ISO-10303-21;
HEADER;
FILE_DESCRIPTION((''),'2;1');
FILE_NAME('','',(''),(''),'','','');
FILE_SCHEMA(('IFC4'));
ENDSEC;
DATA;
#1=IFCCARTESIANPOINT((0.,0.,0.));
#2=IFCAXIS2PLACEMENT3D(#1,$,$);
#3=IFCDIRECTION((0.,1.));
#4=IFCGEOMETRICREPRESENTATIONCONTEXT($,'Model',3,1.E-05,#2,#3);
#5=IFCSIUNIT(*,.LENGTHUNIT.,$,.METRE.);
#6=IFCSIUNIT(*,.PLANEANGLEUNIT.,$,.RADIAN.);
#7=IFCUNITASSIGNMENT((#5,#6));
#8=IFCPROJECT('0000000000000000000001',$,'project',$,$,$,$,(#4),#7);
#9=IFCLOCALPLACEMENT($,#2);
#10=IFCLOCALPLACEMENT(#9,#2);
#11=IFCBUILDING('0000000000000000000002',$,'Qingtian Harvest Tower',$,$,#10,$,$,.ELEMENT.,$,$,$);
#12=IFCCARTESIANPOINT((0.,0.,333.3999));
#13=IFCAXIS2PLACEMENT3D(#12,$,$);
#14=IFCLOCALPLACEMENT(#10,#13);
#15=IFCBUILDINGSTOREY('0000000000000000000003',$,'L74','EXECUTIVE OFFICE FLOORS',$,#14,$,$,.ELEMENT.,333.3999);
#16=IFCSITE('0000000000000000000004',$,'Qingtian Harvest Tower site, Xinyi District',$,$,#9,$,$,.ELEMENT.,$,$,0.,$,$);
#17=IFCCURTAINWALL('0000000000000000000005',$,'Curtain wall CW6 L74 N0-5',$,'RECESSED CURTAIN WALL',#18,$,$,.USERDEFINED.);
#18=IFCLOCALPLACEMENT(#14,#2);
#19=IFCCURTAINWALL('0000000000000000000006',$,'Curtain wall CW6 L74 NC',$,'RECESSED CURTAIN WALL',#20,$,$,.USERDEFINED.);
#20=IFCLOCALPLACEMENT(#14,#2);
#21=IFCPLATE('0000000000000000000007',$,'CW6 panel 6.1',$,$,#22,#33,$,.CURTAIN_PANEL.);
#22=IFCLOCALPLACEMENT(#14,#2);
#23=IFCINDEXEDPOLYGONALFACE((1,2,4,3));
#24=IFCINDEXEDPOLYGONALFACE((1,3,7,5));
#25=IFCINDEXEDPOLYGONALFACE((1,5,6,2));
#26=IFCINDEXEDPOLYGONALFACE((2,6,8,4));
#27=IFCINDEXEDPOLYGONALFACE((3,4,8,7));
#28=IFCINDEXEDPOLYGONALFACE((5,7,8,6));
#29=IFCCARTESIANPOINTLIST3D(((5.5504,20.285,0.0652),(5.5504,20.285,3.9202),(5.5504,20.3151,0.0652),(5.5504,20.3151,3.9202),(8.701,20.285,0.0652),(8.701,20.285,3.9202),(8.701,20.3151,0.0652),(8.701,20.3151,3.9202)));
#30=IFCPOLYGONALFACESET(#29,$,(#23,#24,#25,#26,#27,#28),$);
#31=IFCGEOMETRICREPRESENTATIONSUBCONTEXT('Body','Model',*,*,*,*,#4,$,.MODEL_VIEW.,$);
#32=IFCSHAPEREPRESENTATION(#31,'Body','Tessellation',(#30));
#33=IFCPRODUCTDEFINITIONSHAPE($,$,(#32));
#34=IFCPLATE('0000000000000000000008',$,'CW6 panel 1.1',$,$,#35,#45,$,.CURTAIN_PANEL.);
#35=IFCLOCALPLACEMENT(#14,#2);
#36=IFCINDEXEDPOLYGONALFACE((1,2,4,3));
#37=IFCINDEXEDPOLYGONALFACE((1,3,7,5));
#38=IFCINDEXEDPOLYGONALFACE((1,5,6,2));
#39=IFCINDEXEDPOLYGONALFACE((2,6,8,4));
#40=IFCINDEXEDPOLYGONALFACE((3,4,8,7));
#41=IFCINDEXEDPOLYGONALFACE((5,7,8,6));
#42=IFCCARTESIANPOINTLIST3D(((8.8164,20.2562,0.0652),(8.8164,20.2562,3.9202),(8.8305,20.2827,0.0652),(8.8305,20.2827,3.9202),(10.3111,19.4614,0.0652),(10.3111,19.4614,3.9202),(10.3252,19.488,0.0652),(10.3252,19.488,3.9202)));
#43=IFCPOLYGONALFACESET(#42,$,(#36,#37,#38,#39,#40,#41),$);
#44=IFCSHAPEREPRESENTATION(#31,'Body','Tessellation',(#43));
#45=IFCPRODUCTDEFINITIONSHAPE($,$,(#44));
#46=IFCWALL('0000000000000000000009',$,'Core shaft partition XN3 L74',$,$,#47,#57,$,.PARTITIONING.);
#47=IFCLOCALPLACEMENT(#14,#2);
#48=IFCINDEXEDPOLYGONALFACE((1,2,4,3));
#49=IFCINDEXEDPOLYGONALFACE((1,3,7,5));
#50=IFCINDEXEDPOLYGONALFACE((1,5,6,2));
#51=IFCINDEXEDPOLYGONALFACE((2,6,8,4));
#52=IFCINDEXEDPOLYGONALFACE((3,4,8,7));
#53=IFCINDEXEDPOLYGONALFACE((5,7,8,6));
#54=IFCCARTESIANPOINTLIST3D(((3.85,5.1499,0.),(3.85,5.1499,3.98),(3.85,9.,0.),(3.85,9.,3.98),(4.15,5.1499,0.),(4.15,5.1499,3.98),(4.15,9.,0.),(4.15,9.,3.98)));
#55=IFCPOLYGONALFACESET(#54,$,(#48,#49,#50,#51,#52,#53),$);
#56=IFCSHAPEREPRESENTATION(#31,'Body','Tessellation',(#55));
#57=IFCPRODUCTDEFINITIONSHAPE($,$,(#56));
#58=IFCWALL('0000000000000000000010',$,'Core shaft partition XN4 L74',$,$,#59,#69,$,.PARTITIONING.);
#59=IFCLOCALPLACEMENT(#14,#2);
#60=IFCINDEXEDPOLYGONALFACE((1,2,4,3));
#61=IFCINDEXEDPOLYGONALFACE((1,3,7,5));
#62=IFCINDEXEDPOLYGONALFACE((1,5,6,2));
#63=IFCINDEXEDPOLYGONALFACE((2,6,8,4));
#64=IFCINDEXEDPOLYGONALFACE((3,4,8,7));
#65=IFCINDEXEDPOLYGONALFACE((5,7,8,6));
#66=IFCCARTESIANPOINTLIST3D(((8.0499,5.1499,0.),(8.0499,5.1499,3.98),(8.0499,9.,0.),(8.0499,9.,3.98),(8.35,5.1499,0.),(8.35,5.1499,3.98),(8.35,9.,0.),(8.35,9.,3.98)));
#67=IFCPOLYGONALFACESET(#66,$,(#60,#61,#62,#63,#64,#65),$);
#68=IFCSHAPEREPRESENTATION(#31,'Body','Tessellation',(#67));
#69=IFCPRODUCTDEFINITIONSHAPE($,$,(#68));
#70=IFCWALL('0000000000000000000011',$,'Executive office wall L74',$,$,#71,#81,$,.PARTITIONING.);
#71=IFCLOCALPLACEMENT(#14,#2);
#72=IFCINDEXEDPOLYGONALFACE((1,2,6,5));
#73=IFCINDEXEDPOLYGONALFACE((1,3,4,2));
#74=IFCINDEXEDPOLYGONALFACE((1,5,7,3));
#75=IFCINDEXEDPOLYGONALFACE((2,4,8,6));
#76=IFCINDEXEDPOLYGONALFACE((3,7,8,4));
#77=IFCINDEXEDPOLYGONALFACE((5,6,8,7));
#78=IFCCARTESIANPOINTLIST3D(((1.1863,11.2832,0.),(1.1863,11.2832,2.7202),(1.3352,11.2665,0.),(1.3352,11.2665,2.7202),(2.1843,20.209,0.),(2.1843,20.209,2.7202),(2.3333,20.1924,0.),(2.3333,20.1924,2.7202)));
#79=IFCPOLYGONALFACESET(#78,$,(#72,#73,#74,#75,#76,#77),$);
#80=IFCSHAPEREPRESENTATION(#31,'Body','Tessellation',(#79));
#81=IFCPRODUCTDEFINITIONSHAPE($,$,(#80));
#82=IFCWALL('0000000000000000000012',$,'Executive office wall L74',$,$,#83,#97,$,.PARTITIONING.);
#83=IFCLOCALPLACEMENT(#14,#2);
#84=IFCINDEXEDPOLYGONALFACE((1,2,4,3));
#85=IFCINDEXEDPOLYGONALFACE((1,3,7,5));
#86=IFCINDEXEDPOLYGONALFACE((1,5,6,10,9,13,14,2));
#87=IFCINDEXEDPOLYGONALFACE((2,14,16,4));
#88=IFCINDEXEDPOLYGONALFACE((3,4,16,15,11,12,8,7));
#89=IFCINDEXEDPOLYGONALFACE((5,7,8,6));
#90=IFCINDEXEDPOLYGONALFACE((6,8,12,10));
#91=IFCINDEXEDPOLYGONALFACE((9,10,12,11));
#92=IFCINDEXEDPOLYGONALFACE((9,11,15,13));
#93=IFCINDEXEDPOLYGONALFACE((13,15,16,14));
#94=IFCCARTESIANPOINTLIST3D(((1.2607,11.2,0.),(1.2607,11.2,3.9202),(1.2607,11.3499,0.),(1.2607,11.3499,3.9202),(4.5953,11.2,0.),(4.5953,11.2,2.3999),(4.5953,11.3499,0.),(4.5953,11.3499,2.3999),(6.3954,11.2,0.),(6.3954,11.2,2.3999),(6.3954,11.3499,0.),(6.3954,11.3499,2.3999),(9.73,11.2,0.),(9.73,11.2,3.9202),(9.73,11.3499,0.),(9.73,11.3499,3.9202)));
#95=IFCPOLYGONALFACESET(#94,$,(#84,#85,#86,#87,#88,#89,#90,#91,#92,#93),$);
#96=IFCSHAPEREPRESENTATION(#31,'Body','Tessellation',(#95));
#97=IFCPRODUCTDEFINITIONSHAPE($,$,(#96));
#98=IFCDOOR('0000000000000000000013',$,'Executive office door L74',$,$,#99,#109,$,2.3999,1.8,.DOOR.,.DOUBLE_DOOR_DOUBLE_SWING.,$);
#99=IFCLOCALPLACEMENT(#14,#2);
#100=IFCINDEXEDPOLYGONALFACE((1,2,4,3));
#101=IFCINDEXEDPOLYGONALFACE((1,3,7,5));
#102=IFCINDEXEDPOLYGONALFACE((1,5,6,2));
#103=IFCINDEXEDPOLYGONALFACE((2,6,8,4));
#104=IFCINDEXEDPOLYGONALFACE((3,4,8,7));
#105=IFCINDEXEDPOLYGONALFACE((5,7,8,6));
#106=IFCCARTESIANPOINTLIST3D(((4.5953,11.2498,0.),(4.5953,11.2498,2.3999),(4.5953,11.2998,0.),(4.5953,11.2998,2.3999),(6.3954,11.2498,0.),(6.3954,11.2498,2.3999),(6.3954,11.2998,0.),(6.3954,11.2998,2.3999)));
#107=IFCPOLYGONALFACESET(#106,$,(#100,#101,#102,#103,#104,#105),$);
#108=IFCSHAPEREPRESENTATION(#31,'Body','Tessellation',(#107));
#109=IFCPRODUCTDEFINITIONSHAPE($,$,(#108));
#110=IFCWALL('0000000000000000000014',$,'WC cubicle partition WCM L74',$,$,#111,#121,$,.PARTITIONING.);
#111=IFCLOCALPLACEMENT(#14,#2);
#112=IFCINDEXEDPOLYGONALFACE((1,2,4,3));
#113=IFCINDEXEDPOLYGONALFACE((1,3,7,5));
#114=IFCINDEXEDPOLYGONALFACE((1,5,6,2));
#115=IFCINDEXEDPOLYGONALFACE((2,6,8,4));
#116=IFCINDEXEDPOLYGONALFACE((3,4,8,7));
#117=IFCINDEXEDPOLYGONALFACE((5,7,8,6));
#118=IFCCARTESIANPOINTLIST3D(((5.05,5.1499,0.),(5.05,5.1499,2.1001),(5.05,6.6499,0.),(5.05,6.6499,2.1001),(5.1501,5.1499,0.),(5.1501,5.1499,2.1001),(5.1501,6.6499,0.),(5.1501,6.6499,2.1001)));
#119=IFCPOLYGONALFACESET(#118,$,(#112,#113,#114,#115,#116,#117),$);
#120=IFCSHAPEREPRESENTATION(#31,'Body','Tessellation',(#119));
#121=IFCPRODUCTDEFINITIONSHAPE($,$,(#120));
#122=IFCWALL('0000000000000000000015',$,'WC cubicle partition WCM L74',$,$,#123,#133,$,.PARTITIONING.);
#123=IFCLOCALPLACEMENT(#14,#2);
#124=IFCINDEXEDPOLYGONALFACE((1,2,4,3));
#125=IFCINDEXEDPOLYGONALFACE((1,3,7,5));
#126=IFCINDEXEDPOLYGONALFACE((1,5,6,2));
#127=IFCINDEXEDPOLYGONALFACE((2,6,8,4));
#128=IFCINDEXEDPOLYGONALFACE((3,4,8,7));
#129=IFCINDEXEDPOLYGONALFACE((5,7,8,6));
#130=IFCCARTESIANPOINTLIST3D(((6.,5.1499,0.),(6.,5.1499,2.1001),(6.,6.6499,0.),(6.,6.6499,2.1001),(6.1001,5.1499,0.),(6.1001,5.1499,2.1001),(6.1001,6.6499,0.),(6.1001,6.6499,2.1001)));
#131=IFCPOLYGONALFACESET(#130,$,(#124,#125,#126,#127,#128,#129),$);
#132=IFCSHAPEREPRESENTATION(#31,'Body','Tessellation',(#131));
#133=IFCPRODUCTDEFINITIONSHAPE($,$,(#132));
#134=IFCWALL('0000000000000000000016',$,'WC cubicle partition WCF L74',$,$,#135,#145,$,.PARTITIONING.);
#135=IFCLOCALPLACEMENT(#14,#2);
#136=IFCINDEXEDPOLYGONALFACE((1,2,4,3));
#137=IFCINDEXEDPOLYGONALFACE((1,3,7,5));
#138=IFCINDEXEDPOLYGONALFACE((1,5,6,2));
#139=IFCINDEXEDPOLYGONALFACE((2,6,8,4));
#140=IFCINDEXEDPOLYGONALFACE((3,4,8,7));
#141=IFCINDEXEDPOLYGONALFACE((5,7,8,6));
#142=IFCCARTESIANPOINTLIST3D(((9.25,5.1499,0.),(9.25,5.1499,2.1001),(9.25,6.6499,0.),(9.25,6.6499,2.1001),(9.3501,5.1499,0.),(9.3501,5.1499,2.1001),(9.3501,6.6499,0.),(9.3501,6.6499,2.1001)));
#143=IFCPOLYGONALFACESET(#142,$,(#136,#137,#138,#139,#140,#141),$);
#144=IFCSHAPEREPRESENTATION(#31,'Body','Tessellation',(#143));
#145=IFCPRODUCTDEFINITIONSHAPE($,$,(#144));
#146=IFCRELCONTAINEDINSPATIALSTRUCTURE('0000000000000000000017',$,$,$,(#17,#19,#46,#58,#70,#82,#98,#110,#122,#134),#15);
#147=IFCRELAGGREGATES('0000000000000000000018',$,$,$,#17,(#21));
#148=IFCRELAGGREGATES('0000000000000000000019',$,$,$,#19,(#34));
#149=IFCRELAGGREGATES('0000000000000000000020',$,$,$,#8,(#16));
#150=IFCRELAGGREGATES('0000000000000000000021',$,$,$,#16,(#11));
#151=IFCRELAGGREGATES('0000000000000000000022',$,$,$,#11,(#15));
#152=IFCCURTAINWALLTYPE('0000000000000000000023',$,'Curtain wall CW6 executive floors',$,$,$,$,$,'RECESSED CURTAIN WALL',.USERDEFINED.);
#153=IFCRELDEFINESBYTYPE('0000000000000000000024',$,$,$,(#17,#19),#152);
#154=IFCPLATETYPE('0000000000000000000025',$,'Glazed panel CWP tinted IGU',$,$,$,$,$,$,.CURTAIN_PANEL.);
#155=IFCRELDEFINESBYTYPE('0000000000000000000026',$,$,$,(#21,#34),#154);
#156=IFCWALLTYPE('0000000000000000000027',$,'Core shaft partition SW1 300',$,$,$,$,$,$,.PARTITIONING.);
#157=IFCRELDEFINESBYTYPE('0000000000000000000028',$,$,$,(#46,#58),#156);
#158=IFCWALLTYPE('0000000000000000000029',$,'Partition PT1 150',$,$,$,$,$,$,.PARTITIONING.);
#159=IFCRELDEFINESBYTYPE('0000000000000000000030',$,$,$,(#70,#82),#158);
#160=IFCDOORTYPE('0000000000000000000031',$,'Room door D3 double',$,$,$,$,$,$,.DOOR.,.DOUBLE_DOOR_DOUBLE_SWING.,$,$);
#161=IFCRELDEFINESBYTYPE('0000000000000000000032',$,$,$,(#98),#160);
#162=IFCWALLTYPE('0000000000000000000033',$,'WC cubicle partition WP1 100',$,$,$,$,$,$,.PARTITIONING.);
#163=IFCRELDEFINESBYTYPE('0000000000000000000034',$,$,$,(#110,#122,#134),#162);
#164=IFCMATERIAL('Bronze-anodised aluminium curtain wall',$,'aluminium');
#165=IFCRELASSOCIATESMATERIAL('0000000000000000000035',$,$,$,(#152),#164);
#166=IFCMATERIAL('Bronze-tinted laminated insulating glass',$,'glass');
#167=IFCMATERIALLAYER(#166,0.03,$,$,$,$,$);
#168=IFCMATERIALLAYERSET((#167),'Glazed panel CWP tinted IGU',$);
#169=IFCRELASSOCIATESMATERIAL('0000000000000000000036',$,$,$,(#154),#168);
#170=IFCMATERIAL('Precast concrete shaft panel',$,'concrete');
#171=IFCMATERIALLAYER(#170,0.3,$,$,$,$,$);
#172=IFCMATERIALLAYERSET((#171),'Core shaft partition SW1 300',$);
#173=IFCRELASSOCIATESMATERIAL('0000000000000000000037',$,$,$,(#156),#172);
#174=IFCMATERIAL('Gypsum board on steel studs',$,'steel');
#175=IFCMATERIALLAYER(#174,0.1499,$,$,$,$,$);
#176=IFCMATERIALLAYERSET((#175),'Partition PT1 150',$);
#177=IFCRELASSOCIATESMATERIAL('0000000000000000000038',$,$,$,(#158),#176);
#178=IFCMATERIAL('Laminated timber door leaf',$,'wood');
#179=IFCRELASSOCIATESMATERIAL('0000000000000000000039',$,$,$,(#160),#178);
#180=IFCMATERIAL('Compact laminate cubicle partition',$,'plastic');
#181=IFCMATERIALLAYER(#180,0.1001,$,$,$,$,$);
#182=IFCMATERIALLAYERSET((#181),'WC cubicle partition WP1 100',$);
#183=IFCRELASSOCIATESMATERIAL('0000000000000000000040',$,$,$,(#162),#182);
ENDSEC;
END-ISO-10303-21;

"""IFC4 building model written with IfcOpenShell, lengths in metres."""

from ifc_helpers import new_model, si_unit, direction, frame, frame_2d, origin, origin_2d, place, context, subcontext, project, spatial, rectangle, extrude, material, layer, layer_set, type_object, element, fill, aggregate, save


model = new_model("IFC4")

# Units and contexts
model_context = context("Model", 3, precision=1e-05, world=origin(), true_north=direction((0.0, 1.0)))
body_context = subcontext(model_context, "Body", "Model", "MODEL_VIEW")
ifc_project = project(units=[si_unit("LENGTHUNIT", "METRE"), si_unit("PLANEANGLEUNIT", "RADIAN")], contexts=[model_context])

# Site, building, storey
site_placement = place(None, origin())
site = spatial("IfcSite", under=ifc_project, at=site_placement, Name="Qingtian Harvest Tower site, Xinyi District", CompositionType="ELEMENT", RefElevation=0.0)
building_placement = place(site_placement, origin())
building = spatial("IfcBuilding", under=site, at=building_placement, Name="Qingtian Harvest Tower", CompositionType="ELEMENT")
storey_placement = place(building_placement, frame((0.0, 0.0, 333.3999)))
storey = spatial("IfcBuildingStorey", under=building, at=storey_placement, Name="L74", Description="EXECUTIVE OFFICE FLOORS", CompositionType="ELEMENT", Elevation=333.3999)

# Curtain wall
ifc_material_1 = material(Name="Bronze-anodised aluminium curtain wall", Category="aluminium")
curtain_wall_type = type_object("IfcCurtainWallType", Name="Curtain wall CW6 executive floors", ElementType="RECESSED CURTAIN WALL", PredefinedType="USERDEFINED", material=ifc_material_1)
curtain_wall_1_placement = place(storey_placement, origin())
curtain_wall_1 = element("IfcCurtainWall", 1, at=curtain_wall_1_placement, inside=storey, type_object=curtain_wall_type, Name="Curtain wall CW6 L74 N0-5", ObjectType="RECESSED CURTAIN WALL", PredefinedType="USERDEFINED")

# Curtain wall
curtain_wall_2_placement = place(storey_placement, origin())
curtain_wall_2 = element("IfcCurtainWall", 2, at=curtain_wall_2_placement, inside=storey, type_object=curtain_wall_type, Name="Curtain wall CW6 L74 NC", ObjectType="RECESSED CURTAIN WALL", PredefinedType="USERDEFINED")

# Plates
ifc_material_2 = material(Name="Bronze-tinted laminated insulating glass", Category="glass")
ifc_layer_1 = layer(ifc_material_2, 0.03)
ifc_layer_set_1 = layer_set([ifc_layer_1], Name="Glazed panel CWP tinted IGU")
plate_type = type_object("IfcPlateType", Name="Glazed panel CWP tinted IGU", PredefinedType="CURTAIN_PANEL", material=ifc_layer_set_1)
plate_1_placement = place(storey_placement, frame((7.1257, 20.3, 0.0652), z_axis=(0.0, 0.0, 1.0), x_axis=(1.0, 0.0, 0.0)))
plate_1 = element("IfcPlate", 3, at=plate_1_placement, type_object=plate_type, Name="CW6 panel 6.1", PredefinedType="CURTAIN_PANEL", context=body_context, shape_type="SweptSolid", body=[
    extrude(rectangle(XDim=3.1506, YDim=0.03, at=origin_2d()), origin(), (0.0, 0.0, 1.0), 3.855),
])
aggregate(curtain_wall_1, [plate_1])
plate_2_placement = place(storey_placement, frame((9.5708, 19.8721, 0.0652), z_axis=(0.0, 0.0, 1.0), x_axis=(0.882948, -0.469472, 0.0)))
plate_2 = element("IfcPlate", 4, at=plate_2_placement, type_object=plate_type, Name="CW6 panel 1.1", PredefinedType="CURTAIN_PANEL", context=body_context, shape_type="SweptSolid", body=[
    extrude(rectangle(XDim=1.6929, YDim=0.03, at=origin_2d()), origin(), (0.0, 0.0, 1.0), 3.855),
])
aggregate(curtain_wall_2, [plate_2])

# Walls
ifc_material_3 = material(Name="Precast concrete shaft panel", Category="concrete")
ifc_layer_2 = layer(ifc_material_3, 0.3)
ifc_layer_set_2 = layer_set([ifc_layer_2], Name="Core shaft partition SW1 300")
wall_type_1 = type_object("IfcWallType", Name="Core shaft partition SW1 300", PredefinedType="PARTITIONING", material=ifc_layer_set_2)
for number, where, z_axis, x_axis, name in (
    (5, (4.0, 5.1499, 0.0), (0.0, 0.0, 1.0), (0.0, 1.0, 0.0), "Core shaft partition XN3 L74"),
    (6, (8.2, 5.1499, 0.0), (0.0, 0.0, 1.0), (0.0, 1.0, 0.0), "Core shaft partition XN4 L74"),
):
    element("IfcWall", number, at=place(storey_placement, frame(where, z_axis=z_axis, x_axis=x_axis)), inside=storey, type_object=wall_type_1, Name=name, PredefinedType="PARTITIONING", context=body_context, shape_type="SweptSolid", body=[
        extrude(rectangle(XDim=3.8501, YDim=0.3, at=frame_2d((1.925, 0.0))), origin(), (0.0, 0.0, 1.0), 3.98),
    ])
ifc_material_4 = material(Name="Gypsum board on steel studs", Category="steel")
ifc_layer_3 = layer(ifc_material_4, 0.1499)
ifc_layer_set_3 = layer_set([ifc_layer_3], Name="Partition PT1 150")
wall_type_2 = type_object("IfcWallType", Name="Partition PT1 150", PredefinedType="PARTITIONING", material=ifc_layer_set_3)
wall_1_placement = place(storey_placement, frame((2.2588, 20.2007, 0.0), z_axis=(0.0, 0.0, 1.0), x_axis=(-0.111124, -0.993807, 0.0)))
element("IfcWall", 7, at=wall_1_placement, inside=storey, type_object=wall_type_2, Name="Executive office wall L74", PredefinedType="PARTITIONING", context=body_context, shape_type="SweptSolid", body=[
    extrude(rectangle(XDim=8.9814, YDim=0.1499, at=frame_2d((4.4907, 0.0))), origin(), (0.0, 0.0, 1.0), 2.7202),
])

# Wall, opening, door
wall_2_placement = place(storey_placement, frame((1.2607, 11.2749, 0.0), z_axis=(0.0, 0.0, 1.0), x_axis=(1.0, 0.0, 0.0)))
wall_2 = element("IfcWall", 8, at=wall_2_placement, inside=storey, type_object=wall_type_2, Name="Executive office wall L74", PredefinedType="PARTITIONING", context=body_context, shape_type="SweptSolid", body=[
    extrude(rectangle(XDim=8.4692, YDim=0.1499, at=frame_2d((4.2346, 0.0))), origin(), (0.0, 0.0, 1.0), 3.9202),
])
opening_placement = place(wall_2_placement, frame((3.3347, 0.0, 0.0)))
opening = element("IfcOpeningElement", 9, at=opening_placement, cuts=wall_2, PredefinedType="OPENING", context=body_context, shape_type="SweptSolid", body=[
    extrude(rectangle(XDim=1.8, YDim=2.3999, at=frame_2d((0.8999, 1.2))), frame((0.0, 0.085, 0.0), z_axis=(0.0, -1.0, 0.0), x_axis=(1.0, 0.0, 0.0)), (0.0, 0.0, 1.0), 0.1699),
])
ifc_material_5 = material(Name="Laminated timber door leaf", Category="wood")
door_type = type_object("IfcDoorType", Name="Room door D3 double", OperationType="DOUBLE_DOOR_DOUBLE_SWING", PredefinedType="DOOR", material=ifc_material_5)
door_placement = place(opening_placement, origin())
door = element("IfcDoor", 10, at=door_placement, inside=storey, type_object=door_type, Name="Executive office door L74", OperationType="DOUBLE_DOOR_DOUBLE_SWING", OverallHeight=2.3999, OverallWidth=1.8, PredefinedType="DOOR", context=body_context, shape_type="SweptSolid", body=[
    extrude(rectangle(XDim=1.8, YDim=2.3999, at=frame_2d((0.8999, 1.2))), frame((0.0, 0.0249, 0.0), z_axis=(0.0, -1.0, 0.0), x_axis=(1.0, 0.0, 0.0)), (0.0, 0.0, 1.0), 0.05),
])
fill(opening, door)

# Walls
ifc_material_6 = material(Name="Compact laminate cubicle partition", Category="plastic")
ifc_layer_4 = layer(ifc_material_6, 0.1001)
ifc_layer_set_4 = layer_set([ifc_layer_4], Name="WC cubicle partition WP1 100")
wall_type_3 = type_object("IfcWallType", Name="WC cubicle partition WP1 100", PredefinedType="PARTITIONING", material=ifc_layer_set_4)
for number, where, z_axis, x_axis, name in (
    (11, (5.1001, 5.1499, 0.0), (0.0, 0.0, 1.0), (0.0, 1.0, 0.0), "WC cubicle partition WCM L74"),
    (12, (6.05, 5.1499, 0.0), (0.0, 0.0, 1.0), (0.0, 1.0, 0.0), "WC cubicle partition WCM L74"),
    (13, (9.3, 5.1499, 0.0), (0.0, 0.0, 1.0), (0.0, 1.0, 0.0), "WC cubicle partition WCF L74"),
):
    element("IfcWall", number, at=place(storey_placement, frame(where, z_axis=z_axis, x_axis=x_axis)), inside=storey, type_object=wall_type_3, Name=name, PredefinedType="PARTITIONING", context=body_context, shape_type="SweptSolid", body=[
        extrude(rectangle(XDim=1.5, YDim=0.1001, at=frame_2d((0.75, 0.0))), origin(), (0.0, 0.0, 1.0), 2.1001),
    ])

save(model, "model.ifc")
